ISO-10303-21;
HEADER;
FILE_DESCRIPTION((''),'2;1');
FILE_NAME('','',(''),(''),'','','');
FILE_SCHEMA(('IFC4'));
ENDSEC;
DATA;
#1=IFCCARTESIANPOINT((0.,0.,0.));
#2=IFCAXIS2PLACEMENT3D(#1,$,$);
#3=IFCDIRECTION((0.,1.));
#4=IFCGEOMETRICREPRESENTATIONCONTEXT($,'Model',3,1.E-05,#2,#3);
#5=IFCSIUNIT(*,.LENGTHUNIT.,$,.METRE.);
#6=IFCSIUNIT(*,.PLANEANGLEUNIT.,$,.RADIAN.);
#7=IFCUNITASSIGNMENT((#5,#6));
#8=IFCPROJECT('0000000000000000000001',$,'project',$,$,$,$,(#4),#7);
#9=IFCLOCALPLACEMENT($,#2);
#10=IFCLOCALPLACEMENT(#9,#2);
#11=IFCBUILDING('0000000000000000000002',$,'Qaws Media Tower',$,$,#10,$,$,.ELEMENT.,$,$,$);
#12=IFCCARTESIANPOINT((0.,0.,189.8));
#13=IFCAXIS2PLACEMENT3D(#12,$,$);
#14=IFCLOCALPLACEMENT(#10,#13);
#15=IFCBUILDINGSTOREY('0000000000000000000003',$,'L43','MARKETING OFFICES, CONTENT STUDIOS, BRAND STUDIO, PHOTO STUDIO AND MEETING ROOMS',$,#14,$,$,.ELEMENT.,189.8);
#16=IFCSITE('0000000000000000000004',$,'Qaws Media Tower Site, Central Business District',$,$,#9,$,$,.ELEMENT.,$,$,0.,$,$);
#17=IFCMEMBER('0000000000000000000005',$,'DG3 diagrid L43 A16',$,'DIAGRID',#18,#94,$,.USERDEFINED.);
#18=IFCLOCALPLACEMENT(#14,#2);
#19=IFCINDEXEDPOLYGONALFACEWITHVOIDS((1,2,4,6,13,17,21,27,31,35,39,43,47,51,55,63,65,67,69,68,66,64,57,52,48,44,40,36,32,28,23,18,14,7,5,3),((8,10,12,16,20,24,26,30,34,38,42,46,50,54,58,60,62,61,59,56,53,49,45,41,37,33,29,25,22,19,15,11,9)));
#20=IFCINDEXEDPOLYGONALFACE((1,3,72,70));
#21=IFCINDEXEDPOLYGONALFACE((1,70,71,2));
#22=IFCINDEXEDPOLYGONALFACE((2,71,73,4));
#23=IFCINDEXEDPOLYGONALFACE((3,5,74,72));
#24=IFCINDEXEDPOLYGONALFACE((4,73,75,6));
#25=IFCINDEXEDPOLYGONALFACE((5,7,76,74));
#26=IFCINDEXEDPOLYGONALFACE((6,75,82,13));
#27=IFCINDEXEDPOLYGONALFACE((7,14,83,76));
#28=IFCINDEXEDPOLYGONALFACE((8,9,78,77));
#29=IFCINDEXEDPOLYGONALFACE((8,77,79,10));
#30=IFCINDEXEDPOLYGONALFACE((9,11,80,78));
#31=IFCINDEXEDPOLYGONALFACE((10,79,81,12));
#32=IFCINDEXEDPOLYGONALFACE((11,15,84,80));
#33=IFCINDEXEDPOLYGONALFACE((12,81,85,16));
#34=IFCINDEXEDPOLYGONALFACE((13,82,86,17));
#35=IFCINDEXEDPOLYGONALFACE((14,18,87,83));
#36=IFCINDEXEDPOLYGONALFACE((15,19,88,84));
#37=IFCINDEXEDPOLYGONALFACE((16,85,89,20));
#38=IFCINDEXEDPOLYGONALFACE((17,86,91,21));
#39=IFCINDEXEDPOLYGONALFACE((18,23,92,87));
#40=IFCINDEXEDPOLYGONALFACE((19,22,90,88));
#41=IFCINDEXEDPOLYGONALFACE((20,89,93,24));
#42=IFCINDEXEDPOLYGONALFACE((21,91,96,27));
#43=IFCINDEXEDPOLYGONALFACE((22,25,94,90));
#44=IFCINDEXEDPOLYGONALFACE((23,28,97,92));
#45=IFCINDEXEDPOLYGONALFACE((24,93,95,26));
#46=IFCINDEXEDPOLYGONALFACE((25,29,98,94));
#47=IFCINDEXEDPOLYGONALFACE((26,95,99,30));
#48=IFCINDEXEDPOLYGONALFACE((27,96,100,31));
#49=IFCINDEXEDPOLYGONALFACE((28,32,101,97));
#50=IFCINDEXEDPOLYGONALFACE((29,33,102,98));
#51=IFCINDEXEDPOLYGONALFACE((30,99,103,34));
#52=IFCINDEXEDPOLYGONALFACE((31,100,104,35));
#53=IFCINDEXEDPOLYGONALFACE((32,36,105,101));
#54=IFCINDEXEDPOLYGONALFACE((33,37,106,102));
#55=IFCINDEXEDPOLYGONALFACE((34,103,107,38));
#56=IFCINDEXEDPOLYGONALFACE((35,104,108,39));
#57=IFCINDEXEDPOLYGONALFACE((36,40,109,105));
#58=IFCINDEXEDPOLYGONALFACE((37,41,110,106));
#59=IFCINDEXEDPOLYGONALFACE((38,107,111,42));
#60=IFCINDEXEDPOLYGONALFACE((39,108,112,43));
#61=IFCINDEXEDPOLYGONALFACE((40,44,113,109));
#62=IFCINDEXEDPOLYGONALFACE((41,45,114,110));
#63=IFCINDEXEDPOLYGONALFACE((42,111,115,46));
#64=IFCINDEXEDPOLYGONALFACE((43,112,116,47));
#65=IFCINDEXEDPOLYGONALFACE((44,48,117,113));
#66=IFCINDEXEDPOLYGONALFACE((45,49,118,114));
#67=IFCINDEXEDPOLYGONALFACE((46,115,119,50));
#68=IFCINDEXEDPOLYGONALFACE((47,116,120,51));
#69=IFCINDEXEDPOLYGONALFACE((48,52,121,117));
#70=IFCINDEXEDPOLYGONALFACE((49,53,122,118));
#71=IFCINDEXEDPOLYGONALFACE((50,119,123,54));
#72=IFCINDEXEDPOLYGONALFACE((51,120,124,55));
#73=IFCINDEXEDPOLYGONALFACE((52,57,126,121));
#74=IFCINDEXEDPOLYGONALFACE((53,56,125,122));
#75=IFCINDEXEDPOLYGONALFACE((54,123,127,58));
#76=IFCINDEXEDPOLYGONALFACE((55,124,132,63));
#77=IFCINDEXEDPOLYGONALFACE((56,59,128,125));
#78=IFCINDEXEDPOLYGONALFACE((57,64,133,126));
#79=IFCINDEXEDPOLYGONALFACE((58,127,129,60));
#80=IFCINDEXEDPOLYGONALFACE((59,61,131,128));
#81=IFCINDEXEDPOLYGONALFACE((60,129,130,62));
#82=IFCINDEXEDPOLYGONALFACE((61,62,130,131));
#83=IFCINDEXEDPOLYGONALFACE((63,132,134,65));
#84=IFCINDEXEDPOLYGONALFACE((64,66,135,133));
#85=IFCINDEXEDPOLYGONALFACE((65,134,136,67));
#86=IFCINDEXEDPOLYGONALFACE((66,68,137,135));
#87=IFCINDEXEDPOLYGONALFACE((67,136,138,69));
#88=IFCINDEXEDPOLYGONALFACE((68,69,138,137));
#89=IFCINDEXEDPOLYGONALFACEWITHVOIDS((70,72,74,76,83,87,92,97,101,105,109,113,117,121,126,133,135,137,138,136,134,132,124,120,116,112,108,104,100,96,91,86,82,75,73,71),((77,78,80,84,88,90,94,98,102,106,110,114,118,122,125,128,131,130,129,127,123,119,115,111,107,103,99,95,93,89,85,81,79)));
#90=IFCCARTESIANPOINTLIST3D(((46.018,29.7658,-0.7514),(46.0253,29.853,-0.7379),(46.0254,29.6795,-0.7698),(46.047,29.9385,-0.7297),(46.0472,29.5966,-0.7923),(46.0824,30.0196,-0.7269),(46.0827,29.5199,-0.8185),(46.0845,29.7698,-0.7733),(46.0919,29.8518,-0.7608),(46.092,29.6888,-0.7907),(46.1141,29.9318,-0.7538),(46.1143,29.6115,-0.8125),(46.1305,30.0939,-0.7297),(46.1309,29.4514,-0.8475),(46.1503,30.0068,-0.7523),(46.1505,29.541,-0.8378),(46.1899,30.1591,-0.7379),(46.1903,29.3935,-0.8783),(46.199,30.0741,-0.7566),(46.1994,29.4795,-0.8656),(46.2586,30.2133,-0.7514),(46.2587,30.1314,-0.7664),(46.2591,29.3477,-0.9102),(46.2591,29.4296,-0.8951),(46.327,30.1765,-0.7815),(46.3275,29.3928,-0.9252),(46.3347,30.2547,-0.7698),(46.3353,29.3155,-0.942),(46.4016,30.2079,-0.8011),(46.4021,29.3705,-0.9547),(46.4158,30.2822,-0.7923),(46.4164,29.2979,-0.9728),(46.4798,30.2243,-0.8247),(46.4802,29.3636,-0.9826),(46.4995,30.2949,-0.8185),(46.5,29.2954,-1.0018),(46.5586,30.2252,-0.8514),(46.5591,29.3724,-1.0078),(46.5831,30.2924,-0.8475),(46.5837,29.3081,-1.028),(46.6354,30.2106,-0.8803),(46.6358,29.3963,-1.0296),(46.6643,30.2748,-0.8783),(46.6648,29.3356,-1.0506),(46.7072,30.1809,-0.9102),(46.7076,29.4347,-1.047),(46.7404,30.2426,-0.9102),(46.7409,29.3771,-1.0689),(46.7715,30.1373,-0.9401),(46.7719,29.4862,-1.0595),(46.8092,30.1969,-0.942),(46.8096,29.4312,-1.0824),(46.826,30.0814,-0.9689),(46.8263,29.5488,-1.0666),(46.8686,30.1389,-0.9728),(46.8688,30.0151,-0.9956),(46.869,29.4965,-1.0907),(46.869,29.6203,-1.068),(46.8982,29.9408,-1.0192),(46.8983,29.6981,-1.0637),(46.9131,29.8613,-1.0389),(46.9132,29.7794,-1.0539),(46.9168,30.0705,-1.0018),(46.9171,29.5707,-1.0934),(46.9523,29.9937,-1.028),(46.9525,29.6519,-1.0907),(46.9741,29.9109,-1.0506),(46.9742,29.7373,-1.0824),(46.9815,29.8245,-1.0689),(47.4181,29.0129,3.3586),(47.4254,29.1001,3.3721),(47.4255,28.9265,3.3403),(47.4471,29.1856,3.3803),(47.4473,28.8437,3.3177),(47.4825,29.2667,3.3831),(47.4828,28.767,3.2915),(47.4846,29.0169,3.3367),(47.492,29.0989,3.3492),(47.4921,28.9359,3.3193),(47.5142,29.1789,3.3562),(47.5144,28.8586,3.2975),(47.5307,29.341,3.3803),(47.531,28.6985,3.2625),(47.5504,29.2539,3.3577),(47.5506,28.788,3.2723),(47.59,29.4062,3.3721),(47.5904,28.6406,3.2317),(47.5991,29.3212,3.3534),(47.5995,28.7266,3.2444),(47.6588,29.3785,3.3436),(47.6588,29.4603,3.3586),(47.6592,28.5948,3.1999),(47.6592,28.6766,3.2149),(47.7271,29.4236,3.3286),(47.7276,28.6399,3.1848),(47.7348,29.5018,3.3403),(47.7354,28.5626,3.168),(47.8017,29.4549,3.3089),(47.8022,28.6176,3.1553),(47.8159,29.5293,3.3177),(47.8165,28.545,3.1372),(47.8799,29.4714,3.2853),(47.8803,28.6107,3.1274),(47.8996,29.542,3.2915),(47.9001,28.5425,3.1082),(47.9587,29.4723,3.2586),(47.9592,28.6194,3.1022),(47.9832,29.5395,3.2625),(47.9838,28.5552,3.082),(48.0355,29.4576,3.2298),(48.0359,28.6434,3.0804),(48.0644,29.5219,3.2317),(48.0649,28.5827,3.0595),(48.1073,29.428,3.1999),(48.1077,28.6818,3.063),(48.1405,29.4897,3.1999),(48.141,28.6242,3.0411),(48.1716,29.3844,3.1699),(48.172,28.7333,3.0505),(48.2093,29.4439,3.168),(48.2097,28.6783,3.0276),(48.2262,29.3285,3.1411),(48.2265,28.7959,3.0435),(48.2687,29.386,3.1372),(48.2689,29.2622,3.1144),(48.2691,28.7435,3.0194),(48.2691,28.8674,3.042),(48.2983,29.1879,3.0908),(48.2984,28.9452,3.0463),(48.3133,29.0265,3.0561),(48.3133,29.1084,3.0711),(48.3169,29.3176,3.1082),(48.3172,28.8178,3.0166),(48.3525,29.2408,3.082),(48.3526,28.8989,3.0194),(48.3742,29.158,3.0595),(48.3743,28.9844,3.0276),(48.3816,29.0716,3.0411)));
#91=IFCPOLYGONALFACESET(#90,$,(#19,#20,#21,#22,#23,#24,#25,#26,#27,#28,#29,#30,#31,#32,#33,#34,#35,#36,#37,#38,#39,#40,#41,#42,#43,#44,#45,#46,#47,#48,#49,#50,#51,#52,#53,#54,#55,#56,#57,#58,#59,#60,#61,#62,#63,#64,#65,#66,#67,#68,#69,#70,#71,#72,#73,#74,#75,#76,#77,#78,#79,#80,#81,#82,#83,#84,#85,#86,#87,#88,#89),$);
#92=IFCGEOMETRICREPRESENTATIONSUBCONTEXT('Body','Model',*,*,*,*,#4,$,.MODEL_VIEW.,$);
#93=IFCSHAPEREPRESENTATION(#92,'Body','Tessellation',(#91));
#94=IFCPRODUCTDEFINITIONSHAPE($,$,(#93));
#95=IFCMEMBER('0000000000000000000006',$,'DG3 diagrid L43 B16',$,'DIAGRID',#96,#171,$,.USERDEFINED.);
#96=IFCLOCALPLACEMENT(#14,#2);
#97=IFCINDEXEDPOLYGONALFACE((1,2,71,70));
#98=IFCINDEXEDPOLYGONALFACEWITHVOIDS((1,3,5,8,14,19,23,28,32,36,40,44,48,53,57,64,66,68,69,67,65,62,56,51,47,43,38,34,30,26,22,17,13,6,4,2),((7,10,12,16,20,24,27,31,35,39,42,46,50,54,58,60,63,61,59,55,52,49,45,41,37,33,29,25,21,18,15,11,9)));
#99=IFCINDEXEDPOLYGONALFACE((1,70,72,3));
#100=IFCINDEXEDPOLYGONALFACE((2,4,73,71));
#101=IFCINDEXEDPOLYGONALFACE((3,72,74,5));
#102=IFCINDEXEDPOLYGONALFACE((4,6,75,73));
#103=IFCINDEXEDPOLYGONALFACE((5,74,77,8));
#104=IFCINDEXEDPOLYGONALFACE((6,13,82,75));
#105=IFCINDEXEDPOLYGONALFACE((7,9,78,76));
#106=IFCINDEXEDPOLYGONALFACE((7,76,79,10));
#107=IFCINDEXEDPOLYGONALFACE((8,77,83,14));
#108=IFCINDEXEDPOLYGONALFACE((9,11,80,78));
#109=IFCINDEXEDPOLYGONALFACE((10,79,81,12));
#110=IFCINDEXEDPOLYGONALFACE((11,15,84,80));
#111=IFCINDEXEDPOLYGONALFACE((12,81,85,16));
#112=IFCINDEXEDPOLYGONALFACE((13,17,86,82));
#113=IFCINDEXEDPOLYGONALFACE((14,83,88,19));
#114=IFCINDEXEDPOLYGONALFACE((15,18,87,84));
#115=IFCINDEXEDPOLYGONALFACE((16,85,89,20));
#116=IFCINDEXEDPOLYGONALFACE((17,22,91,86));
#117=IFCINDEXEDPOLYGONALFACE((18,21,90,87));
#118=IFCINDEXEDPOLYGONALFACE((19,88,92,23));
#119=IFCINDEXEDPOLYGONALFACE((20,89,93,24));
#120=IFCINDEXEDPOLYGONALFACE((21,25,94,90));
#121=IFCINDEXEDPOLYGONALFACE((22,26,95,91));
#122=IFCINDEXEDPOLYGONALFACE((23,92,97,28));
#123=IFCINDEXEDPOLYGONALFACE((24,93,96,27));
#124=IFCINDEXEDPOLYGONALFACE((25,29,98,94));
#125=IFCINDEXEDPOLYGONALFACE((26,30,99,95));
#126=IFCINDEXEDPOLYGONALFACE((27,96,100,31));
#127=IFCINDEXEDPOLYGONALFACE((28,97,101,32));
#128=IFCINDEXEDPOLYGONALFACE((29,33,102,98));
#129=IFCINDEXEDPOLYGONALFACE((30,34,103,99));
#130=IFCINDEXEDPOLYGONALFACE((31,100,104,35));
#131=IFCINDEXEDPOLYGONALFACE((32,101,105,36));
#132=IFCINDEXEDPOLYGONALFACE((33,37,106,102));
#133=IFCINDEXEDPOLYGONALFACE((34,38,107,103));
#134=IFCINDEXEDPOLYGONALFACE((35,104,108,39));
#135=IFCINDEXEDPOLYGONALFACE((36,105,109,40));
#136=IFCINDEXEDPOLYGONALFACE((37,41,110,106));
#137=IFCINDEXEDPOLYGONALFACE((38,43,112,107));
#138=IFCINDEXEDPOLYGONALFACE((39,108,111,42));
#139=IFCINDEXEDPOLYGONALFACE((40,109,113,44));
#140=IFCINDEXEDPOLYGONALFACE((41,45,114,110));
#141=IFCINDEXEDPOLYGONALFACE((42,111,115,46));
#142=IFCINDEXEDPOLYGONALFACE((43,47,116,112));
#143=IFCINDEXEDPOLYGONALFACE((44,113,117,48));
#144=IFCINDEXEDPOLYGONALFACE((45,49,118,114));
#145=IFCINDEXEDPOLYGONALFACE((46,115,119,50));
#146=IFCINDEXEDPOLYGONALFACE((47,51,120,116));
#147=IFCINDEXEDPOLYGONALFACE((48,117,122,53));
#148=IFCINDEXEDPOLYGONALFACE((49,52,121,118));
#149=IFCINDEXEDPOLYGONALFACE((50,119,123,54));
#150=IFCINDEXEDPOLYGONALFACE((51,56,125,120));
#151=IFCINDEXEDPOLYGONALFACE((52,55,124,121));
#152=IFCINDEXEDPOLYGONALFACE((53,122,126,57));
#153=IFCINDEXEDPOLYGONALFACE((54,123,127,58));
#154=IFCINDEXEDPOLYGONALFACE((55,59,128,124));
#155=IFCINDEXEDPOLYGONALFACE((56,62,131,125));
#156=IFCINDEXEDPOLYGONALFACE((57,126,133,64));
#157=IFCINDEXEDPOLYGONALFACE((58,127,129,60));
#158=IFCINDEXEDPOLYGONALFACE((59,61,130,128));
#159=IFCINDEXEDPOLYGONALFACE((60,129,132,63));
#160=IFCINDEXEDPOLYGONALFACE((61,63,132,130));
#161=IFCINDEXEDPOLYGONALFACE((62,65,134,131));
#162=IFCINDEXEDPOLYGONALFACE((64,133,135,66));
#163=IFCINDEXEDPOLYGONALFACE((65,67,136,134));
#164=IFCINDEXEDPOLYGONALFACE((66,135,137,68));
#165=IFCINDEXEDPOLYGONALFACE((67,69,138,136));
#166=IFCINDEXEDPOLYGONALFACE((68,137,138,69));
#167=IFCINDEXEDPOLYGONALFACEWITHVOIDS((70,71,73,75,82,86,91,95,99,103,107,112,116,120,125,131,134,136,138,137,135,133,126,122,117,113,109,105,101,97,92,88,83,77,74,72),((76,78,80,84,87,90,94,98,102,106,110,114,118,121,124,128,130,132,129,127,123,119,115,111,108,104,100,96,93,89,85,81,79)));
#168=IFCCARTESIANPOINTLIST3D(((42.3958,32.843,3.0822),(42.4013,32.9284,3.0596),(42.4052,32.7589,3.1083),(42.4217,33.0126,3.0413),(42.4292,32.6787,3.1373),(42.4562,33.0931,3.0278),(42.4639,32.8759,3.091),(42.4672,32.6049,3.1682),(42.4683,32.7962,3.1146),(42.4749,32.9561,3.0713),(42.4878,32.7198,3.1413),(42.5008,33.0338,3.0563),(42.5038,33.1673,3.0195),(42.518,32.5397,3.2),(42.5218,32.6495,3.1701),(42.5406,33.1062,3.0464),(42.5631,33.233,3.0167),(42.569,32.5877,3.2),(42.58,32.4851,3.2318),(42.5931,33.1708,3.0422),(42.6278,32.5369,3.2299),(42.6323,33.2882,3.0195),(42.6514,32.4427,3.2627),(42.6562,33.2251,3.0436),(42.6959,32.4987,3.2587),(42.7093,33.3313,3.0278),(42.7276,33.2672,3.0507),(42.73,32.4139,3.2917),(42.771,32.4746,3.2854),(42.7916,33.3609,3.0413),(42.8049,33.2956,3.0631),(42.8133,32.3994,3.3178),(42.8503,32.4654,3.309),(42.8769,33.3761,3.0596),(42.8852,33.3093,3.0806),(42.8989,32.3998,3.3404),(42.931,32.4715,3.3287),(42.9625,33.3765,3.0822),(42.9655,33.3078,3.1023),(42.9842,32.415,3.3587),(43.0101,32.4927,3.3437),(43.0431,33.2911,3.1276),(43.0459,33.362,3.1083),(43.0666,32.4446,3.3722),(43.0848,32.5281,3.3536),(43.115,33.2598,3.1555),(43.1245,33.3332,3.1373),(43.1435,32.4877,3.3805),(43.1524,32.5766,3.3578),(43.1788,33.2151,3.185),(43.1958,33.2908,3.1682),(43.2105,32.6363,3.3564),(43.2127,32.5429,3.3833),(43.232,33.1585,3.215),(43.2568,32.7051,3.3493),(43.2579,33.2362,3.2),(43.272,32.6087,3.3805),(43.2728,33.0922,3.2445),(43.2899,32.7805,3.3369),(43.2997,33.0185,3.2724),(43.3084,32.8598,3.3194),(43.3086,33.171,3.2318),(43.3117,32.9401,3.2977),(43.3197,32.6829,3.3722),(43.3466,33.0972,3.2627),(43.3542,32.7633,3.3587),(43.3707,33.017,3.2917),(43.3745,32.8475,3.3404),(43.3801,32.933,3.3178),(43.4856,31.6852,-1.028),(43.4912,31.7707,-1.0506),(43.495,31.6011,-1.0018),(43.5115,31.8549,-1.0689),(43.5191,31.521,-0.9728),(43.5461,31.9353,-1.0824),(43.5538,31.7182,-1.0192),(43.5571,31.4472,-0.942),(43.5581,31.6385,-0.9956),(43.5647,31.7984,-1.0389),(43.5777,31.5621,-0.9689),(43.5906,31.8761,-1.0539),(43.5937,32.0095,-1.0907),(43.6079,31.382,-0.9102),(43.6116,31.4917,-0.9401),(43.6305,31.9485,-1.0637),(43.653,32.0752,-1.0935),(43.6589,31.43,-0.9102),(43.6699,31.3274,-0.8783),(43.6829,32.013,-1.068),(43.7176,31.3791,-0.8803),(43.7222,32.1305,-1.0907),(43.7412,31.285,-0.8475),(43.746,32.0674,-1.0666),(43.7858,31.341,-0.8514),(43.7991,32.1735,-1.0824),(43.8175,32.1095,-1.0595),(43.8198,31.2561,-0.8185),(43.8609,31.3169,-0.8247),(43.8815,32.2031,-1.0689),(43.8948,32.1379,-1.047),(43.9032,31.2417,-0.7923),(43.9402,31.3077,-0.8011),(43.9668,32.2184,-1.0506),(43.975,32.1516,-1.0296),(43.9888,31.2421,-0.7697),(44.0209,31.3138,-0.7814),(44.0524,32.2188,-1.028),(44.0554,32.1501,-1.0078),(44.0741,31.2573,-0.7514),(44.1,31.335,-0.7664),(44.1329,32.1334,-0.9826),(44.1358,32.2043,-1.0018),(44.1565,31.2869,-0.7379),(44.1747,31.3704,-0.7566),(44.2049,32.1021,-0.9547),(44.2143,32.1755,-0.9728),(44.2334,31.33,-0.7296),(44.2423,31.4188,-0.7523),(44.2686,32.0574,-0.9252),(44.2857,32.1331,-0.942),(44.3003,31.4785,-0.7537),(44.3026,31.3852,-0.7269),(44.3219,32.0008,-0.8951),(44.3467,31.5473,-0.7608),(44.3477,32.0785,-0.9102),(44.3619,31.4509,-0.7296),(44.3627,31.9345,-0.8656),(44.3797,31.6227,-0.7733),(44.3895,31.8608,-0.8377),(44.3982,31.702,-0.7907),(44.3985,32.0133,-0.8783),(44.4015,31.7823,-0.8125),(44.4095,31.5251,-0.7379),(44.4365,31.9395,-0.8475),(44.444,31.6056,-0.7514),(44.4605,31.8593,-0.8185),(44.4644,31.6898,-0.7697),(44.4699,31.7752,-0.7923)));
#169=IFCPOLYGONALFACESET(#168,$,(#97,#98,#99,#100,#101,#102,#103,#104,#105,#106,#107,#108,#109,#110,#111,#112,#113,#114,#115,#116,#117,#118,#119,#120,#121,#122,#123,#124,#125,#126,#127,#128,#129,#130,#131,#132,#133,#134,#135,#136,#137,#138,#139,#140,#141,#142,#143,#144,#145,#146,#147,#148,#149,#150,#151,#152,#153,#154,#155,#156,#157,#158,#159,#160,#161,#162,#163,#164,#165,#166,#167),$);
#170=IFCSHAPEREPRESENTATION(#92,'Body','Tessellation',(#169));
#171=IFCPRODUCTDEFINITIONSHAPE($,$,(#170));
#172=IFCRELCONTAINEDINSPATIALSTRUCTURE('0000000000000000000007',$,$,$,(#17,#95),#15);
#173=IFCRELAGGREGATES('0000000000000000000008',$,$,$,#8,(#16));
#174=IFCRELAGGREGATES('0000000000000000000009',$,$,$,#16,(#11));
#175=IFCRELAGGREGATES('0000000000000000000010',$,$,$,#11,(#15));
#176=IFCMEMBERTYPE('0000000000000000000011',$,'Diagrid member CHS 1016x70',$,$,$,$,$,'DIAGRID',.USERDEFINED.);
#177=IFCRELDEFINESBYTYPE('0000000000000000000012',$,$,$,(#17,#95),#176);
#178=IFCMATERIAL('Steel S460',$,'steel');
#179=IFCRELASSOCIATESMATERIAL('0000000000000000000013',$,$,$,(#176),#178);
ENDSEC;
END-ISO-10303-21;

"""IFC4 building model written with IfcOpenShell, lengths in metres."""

from ifc_helpers import new_model, si_unit, direction, frame, origin, origin_2d, place, context, subcontext, project, spatial, hollow_circle, extrude, material, material_profile, profile_set, type_object, element, save


model = new_model("IFC4")

# Units and contexts
model_context = context("Model", 3, precision=1e-05, world=origin(), true_north=direction((0.0, 1.0)))
body_context = subcontext(model_context, "Body", "Model", "MODEL_VIEW")
ifc_project = project(units=[si_unit("LENGTHUNIT", "METRE"), si_unit("PLANEANGLEUNIT", "RADIAN")], contexts=[model_context])

# Site, building, storey
site_placement = place(None, origin())
site = spatial("IfcSite", under=ifc_project, at=site_placement, Name="Qaws Media Tower Site, Central Business District", CompositionType="ELEMENT", RefElevation=0.0)
building_placement = place(site_placement, origin())
building = spatial("IfcBuilding", under=site, at=building_placement, Name="Qaws Media Tower", CompositionType="ELEMENT")
storey_placement = place(building_placement, frame((0.0, 0.0, 189.8)))
storey = spatial("IfcBuildingStorey", under=building, at=storey_placement, Name="L43", Description="MARKETING OFFICES, CONTENT STUDIOS, BRAND STUDIO, PHOTO STUDIO AND MEETING ROOMS", CompositionType="ELEMENT", Elevation=189.8)

# Members
ifc_material_1 = material(Name="Steel S460", Category="steel")
ifc_material_profile_1 = material_profile(ifc_material_1, hollow_circle(Radius=0.5081, WallThickness=0.0701, at=origin_2d()), Name="CHS 1016x70")
ifc_profile_set_1 = profile_set([ifc_material_profile_1], Name="Steel S460")
member_type_1 = type_object("IfcMemberType", Name="Diagrid member CHS 1016x70", ElementType="DIAGRID", PredefinedType="USERDEFINED", material=ifc_profile_set_1)
member_1_placement = place(storey_placement, frame((46.4998, 29.7952, -0.9102), z_axis=(0.317721, -0.170855, 0.932664), x_axis=(0.473614, 0.880732, 0.0)))
element("IfcMember", 1, at=member_1_placement, inside=storey, type_object=member_type_1, Name="DG3 diagrid L43 A16", ObjectType="DIAGRID", PredefinedType="USERDEFINED", context=body_context, shape_type="SweptSolid", body=[
    extrude(hollow_circle(Radius=0.5081, WallThickness=0.0701, at=origin_2d()), origin(), (0.0, 0.0, 1.0), 4.4067),
])
for number, where, z_axis, x_axis, name in (
    (2, (43.9778, 31.7302, -0.9102), (-0.247302, 0.262703, 0.932646), (-0.728128, -0.685441, 0.0), "DG3 diagrid L43 B16"),
):
    element("IfcMember", number, at=place(storey_placement, frame(where, z_axis=z_axis, x_axis=x_axis)), inside=storey, type_object=member_type_1, Name=name, ObjectType="DIAGRID", PredefinedType="USERDEFINED", context=body_context, shape_type="SweptSolid", body=[
        extrude(hollow_circle(Radius=0.5081, WallThickness=0.0701, at=origin_2d()), origin(), (0.0, 0.0, 1.0), 4.407),
    ])

save(model, "model.ifc")
